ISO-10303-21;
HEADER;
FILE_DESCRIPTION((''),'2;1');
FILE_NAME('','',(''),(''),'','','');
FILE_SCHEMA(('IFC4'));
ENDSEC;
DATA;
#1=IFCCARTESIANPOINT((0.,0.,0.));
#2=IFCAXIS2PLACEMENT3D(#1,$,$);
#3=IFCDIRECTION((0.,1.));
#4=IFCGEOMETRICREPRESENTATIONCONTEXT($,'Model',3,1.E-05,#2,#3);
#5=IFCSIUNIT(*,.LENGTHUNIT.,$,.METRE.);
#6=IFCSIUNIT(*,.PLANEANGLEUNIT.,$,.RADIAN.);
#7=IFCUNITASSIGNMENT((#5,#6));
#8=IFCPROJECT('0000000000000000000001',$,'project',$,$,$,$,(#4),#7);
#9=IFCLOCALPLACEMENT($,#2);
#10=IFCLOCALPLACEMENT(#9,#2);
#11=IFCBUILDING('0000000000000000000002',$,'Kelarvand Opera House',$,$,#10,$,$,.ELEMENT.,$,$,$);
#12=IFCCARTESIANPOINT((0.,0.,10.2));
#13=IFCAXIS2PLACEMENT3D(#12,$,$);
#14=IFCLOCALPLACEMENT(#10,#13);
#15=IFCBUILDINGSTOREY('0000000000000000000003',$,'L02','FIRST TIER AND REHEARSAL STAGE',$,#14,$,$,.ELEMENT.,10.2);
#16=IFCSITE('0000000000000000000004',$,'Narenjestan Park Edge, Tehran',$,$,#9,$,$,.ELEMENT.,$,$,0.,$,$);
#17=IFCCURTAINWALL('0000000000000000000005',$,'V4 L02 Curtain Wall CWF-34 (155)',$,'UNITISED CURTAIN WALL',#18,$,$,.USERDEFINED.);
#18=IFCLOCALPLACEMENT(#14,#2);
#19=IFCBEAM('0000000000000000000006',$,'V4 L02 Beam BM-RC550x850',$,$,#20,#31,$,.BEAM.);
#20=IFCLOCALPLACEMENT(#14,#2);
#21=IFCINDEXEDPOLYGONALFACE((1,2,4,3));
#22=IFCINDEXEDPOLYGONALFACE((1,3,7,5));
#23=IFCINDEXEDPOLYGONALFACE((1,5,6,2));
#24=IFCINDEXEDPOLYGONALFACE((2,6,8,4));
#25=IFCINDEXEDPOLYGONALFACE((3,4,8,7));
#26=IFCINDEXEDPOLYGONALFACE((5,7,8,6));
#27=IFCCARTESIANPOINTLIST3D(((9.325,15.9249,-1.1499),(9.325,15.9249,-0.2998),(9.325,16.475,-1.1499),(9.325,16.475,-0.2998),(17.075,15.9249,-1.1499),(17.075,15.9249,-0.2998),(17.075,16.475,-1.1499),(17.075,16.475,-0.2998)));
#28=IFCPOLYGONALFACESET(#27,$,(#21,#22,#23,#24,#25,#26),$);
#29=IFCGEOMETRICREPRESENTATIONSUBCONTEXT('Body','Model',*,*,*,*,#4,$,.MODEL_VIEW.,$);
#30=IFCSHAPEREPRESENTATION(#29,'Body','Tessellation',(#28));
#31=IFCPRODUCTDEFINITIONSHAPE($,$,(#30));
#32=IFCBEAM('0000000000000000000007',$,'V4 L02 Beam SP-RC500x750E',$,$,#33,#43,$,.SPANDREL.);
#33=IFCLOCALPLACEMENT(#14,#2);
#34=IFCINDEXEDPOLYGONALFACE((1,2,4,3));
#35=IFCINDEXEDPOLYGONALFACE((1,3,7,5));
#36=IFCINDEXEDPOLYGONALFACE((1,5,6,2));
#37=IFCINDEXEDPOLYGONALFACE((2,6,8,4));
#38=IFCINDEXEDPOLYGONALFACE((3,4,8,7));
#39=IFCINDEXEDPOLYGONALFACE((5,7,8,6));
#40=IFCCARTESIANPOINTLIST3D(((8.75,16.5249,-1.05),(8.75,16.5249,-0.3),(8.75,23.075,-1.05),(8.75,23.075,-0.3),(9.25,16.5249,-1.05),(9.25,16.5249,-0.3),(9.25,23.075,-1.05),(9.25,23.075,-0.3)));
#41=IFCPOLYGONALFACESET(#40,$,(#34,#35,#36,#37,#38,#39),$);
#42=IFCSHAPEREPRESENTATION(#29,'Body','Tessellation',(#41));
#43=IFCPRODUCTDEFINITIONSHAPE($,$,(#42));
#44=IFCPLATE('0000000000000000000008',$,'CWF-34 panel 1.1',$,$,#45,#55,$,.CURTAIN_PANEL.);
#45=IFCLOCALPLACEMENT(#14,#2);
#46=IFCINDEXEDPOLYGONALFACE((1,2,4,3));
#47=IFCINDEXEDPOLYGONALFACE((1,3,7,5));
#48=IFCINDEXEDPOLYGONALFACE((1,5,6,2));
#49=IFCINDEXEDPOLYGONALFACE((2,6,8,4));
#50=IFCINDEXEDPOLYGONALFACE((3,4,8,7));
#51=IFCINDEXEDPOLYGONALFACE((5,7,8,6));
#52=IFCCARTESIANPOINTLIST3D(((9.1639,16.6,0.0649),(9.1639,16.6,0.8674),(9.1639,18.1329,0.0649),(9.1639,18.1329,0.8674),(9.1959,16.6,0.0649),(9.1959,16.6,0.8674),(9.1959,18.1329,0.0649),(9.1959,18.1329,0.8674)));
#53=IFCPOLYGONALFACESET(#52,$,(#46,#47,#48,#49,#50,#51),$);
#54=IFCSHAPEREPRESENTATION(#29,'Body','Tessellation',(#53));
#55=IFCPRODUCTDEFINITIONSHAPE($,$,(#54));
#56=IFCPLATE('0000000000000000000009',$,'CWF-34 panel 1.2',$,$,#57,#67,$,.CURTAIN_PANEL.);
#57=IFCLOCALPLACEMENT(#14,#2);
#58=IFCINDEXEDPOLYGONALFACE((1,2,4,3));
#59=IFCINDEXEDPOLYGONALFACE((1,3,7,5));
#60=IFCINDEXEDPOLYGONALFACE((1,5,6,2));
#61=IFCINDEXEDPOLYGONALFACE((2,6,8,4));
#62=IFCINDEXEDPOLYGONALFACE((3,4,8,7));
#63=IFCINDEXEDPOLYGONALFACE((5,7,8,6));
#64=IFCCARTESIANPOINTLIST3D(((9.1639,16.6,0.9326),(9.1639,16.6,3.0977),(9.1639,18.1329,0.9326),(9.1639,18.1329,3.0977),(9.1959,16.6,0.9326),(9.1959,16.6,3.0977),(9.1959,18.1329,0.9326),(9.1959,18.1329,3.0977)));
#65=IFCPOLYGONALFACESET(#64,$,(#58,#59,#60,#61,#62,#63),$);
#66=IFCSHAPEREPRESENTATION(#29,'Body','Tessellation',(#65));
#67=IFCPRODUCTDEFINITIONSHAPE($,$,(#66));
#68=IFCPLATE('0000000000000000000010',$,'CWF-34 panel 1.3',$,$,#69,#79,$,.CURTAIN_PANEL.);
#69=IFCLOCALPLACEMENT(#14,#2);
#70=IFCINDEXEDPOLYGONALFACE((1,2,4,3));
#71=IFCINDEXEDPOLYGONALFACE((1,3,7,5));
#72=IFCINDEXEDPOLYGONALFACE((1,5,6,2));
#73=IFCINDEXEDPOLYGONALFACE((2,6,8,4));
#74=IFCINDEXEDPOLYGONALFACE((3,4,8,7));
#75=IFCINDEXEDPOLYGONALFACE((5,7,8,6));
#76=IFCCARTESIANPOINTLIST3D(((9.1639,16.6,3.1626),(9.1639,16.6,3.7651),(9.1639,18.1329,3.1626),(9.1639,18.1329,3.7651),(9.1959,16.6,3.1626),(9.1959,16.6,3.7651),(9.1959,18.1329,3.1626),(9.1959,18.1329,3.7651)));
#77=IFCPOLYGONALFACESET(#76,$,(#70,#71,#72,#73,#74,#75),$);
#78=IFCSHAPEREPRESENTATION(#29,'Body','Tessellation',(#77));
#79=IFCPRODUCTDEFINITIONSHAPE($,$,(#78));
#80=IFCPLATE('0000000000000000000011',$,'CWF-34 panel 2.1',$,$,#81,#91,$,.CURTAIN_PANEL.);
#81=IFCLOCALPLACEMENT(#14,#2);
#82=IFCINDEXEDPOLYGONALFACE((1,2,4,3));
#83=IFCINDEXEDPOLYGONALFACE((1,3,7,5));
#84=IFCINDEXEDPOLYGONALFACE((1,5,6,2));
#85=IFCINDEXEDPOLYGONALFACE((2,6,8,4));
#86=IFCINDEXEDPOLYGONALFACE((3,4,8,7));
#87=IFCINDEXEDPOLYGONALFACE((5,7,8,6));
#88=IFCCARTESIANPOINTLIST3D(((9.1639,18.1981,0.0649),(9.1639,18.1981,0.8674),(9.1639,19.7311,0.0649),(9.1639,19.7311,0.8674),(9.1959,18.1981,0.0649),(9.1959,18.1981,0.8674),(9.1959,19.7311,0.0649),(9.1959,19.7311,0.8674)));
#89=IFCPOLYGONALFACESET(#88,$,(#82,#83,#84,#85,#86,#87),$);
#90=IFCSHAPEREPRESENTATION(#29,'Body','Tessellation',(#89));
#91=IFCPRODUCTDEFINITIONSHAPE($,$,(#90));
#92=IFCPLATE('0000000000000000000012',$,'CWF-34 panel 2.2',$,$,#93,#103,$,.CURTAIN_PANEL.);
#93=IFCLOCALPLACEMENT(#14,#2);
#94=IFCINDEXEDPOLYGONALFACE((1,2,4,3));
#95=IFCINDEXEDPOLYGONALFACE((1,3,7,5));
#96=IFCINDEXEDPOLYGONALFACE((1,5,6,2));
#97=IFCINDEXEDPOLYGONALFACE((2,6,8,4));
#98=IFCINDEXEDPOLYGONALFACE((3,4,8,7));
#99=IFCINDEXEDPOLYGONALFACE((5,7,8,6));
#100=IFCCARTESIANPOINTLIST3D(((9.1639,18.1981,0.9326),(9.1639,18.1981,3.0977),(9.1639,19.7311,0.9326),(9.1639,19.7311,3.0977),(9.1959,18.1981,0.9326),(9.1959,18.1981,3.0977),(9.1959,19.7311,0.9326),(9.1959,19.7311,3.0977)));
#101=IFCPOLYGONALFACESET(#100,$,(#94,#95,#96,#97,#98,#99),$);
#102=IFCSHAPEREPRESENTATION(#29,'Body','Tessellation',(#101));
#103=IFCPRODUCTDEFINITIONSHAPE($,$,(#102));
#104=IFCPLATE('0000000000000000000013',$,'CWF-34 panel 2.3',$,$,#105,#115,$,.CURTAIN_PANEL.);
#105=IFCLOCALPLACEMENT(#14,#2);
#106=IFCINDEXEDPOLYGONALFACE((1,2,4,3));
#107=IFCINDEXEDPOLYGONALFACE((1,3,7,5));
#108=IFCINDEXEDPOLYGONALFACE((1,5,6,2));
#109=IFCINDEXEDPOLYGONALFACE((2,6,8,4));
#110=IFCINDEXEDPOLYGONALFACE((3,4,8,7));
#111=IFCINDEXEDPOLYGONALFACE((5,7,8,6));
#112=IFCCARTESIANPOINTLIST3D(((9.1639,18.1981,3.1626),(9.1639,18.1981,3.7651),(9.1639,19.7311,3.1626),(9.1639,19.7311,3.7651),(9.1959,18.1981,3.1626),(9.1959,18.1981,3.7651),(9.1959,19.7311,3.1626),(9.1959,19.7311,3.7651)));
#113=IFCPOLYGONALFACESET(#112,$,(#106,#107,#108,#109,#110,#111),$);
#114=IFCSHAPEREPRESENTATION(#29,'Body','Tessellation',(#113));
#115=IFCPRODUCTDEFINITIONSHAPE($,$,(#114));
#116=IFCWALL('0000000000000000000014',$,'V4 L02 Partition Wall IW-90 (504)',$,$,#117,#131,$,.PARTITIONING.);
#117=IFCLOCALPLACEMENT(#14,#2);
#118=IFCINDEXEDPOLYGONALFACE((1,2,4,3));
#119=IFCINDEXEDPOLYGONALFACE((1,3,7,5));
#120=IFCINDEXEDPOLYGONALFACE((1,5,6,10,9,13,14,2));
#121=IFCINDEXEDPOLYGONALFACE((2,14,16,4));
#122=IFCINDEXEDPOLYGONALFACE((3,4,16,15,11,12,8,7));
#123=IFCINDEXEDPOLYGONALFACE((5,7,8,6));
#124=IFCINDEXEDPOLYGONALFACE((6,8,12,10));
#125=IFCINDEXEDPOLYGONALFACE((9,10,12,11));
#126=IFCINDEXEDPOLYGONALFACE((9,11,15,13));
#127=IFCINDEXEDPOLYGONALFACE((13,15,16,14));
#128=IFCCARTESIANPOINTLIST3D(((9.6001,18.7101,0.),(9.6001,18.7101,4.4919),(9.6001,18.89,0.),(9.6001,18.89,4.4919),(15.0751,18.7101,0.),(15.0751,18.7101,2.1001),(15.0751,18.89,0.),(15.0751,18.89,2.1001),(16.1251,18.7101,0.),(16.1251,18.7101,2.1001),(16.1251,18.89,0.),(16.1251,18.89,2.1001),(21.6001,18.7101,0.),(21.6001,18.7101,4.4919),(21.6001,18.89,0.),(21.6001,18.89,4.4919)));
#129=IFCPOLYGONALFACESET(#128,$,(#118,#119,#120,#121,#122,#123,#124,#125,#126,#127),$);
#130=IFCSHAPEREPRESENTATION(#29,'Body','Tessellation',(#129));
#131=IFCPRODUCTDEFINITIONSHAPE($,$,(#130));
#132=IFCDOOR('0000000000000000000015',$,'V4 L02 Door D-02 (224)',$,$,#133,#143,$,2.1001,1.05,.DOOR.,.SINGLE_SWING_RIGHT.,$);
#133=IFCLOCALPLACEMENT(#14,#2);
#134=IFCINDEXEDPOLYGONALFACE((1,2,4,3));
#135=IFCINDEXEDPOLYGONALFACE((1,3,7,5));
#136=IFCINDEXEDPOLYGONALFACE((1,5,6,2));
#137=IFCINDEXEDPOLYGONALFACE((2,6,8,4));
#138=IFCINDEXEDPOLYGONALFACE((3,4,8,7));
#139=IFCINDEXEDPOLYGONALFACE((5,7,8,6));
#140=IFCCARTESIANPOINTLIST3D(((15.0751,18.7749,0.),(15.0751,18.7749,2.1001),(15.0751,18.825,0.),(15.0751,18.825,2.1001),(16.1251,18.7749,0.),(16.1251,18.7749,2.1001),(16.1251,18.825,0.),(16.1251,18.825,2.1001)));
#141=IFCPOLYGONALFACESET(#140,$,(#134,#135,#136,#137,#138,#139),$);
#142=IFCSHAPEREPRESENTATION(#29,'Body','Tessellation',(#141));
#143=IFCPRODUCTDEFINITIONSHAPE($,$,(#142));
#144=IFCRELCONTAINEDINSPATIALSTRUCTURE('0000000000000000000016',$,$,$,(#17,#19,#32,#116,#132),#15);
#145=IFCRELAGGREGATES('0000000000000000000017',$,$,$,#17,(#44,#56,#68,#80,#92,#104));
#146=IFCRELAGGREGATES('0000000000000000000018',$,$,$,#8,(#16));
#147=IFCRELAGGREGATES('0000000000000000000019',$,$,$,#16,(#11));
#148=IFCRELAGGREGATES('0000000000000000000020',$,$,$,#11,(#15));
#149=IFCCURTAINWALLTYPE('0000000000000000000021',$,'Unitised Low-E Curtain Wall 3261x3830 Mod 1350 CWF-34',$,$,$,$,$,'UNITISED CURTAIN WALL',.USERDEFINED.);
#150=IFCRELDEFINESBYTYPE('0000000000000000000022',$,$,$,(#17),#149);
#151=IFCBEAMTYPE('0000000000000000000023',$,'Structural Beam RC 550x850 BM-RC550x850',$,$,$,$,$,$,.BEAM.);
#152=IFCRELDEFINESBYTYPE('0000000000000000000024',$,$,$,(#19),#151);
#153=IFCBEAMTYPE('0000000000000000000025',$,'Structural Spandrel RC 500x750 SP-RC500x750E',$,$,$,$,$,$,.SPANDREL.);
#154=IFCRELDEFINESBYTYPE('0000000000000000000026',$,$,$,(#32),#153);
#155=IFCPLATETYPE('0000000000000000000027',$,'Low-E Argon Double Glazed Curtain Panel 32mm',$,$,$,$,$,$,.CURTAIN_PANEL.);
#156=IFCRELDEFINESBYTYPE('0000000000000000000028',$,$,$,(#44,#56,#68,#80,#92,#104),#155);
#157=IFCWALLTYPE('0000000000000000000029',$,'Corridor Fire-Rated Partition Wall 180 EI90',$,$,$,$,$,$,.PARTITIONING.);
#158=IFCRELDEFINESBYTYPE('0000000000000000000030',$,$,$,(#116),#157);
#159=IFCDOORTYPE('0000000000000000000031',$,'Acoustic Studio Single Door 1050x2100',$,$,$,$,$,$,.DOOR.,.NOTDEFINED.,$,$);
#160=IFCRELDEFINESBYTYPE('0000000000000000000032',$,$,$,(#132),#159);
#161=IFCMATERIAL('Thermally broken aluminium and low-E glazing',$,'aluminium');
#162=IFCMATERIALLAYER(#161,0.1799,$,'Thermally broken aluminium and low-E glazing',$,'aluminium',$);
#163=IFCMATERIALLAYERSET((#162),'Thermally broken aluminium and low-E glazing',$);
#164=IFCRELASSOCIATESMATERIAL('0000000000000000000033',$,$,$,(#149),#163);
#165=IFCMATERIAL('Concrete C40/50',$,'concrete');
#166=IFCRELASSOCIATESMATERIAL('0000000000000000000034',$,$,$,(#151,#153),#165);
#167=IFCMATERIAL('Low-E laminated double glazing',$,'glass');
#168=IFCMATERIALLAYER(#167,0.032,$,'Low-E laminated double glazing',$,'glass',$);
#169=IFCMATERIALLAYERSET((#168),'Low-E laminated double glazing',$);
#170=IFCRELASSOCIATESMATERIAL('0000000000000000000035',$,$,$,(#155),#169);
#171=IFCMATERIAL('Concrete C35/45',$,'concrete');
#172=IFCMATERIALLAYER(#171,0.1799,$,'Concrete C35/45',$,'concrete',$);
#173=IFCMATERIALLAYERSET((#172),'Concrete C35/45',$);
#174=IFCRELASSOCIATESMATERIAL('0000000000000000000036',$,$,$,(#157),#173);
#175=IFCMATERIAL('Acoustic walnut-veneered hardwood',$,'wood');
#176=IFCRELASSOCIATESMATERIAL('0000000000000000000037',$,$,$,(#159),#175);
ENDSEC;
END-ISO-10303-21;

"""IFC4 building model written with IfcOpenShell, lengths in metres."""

from ifc_helpers import new_model, si_unit, direction, frame, frame_2d, origin, origin_2d, place, context, subcontext, project, spatial, rectangle, extrude, material, layer, layer_set, material_profile, profile_set, type_object, element, fill, aggregate, save


model = new_model("IFC4")

# Units and contexts
model_context = context("Model", 3, precision=1e-05, world=origin(), true_north=direction((0.0, 1.0)))
body_context = subcontext(model_context, "Body", "Model", "MODEL_VIEW")
ifc_project = project(units=[si_unit("LENGTHUNIT", "METRE"), si_unit("PLANEANGLEUNIT", "RADIAN")], contexts=[model_context])

# Site, building, storey
site_placement = place(None, origin())
site = spatial("IfcSite", under=ifc_project, at=site_placement, Name="Narenjestan Park Edge, Tehran", CompositionType="ELEMENT", RefElevation=0.0)
building_placement = place(site_placement, origin())
building = spatial("IfcBuilding", under=site, at=building_placement, Name="Kelarvand Opera House", CompositionType="ELEMENT")
storey_placement = place(building_placement, frame((0.0, 0.0, 10.2)))
storey = spatial("IfcBuildingStorey", under=building, at=storey_placement, Name="L02", Description="FIRST TIER AND REHEARSAL STAGE", CompositionType="ELEMENT", Elevation=10.2)

# Curtain wall
ifc_material_1 = material(Name="Thermally broken aluminium and low-E glazing", Category="aluminium")
ifc_layer_1 = layer(ifc_material_1, 0.1799, Name="Thermally broken aluminium and low-E glazing", Category="aluminium")
ifc_layer_set_1 = layer_set([ifc_layer_1], Name="Thermally broken aluminium and low-E glazing")
curtain_wall_type = type_object("IfcCurtainWallType", Name="Unitised Low-E Curtain Wall 3261x3830 Mod 1350 CWF-34", ElementType="UNITISED CURTAIN WALL", PredefinedType="USERDEFINED", material=ifc_layer_set_1)
curtain_wall_1_placement = place(storey_placement, origin())
curtain_wall_1 = element("IfcCurtainWall", 1, at=curtain_wall_1_placement, inside=storey, type_object=curtain_wall_type, Name="V4 L02 Curtain Wall CWF-34 (155)", ObjectType="UNITISED CURTAIN WALL", PredefinedType="USERDEFINED")

# Beams
ifc_material_2 = material(Name="Concrete C40/50", Category="concrete")
ifc_material_profile_1 = material_profile(ifc_material_2, rectangle(XDim=0.55, YDim=0.8501, at=origin_2d()), Name="RC 550x850", Category="concrete")
ifc_profile_set_1 = profile_set([ifc_material_profile_1], Name="Concrete C40/50")
beam_type_1 = type_object("IfcBeamType", Name="Structural Beam RC 550x850 BM-RC550x850", PredefinedType="BEAM", material=ifc_profile_set_1)
beam_1_placement = place(storey_placement, frame((9.325, 16.2, -0.7249), z_axis=(1.0, 0.0, 0.0), x_axis=(0.0, 1.0, 0.0)))
element("IfcBeam", 2, at=beam_1_placement, inside=storey, type_object=beam_type_1, Name="V4 L02 Beam BM-RC550x850", PredefinedType="BEAM", context=body_context, shape_type="SweptSolid", body=[
    extrude(rectangle(XDim=0.55, YDim=0.8501, at=origin_2d()), origin(), (0.0, 0.0, 1.0), 7.75),
])
ifc_material_profile_2 = material_profile(ifc_material_2, rectangle(XDim=0.5, YDim=0.75, at=origin_2d()), Name="RC 500x750", Category="concrete")
ifc_profile_set_2 = profile_set([ifc_material_profile_2], Name="Concrete C40/50")
beam_type_2 = type_object("IfcBeamType", Name="Structural Spandrel RC 500x750 SP-RC500x750E", PredefinedType="SPANDREL", material=ifc_profile_set_2)
beam_2_placement = place(storey_placement, frame((9.0, 16.5249, -0.675), z_axis=(0.0, 1.0, 0.0), x_axis=(-1.0, 0.0, 0.0)))
element("IfcBeam", 3, at=beam_2_placement, inside=storey, type_object=beam_type_2, Name="V4 L02 Beam SP-RC500x750E", PredefinedType="SPANDREL", context=body_context, shape_type="SweptSolid", body=[
    extrude(rectangle(XDim=0.5, YDim=0.75, at=origin_2d()), origin(), (0.0, 0.0, 1.0), 6.55),
])

# Plates
ifc_material_3 = material(Name="Low-E laminated double glazing", Category="glass")
ifc_layer_2 = layer(ifc_material_3, 0.032, Name="Low-E laminated double glazing", Category="glass")
ifc_layer_set_2 = layer_set([ifc_layer_2], Name="Low-E laminated double glazing")
plate_type = type_object("IfcPlateType", Name="Low-E Argon Double Glazed Curtain Panel 32mm", PredefinedType="CURTAIN_PANEL", material=ifc_layer_set_2)
plate_1_placement = place(storey_placement, frame((9.1799, 17.3665, 0.0649), z_axis=(0.0, 0.0, 1.0), x_axis=(0.0, 1.0, 0.0)))
plate_1 = element("IfcPlate", 4, at=plate_1_placement, type_object=plate_type, Name="CWF-34 panel 1.1", PredefinedType="CURTAIN_PANEL", context=body_context, shape_type="SweptSolid", body=[
    extrude(rectangle(XDim=1.533, YDim=0.032, at=origin_2d()), origin(), (0.0, 0.0, 1.0), 0.8025),
])
plate_2_placement = place(storey_placement, frame((9.1799, 17.3665, 0.9326), z_axis=(0.0, 0.0, 1.0), x_axis=(0.0, 1.0, 0.0)))
plate_2 = element("IfcPlate", 5, at=plate_2_placement, type_object=plate_type, Name="CWF-34 panel 1.2", PredefinedType="CURTAIN_PANEL", context=body_context, shape_type="SweptSolid", body=[
    extrude(rectangle(XDim=1.533, YDim=0.032, at=origin_2d()), origin(), (0.0, 0.0, 1.0), 2.165),
])
plate_3_placement = place(storey_placement, frame((9.1799, 17.3665, 3.1626), z_axis=(0.0, 0.0, 1.0), x_axis=(0.0, 1.0, 0.0)))
plate_3 = element("IfcPlate", 6, at=plate_3_placement, type_object=plate_type, Name="CWF-34 panel 1.3", PredefinedType="CURTAIN_PANEL", context=body_context, shape_type="SweptSolid", body=[
    extrude(rectangle(XDim=1.533, YDim=0.032, at=origin_2d()), origin(), (0.0, 0.0, 1.0), 0.6025),
])
plate_4_placement = place(storey_placement, frame((9.1799, 18.9646, 0.0649), z_axis=(0.0, 0.0, 1.0), x_axis=(0.0, 1.0, 0.0)))
plate_4 = element("IfcPlate", 7, at=plate_4_placement, type_object=plate_type, Name="CWF-34 panel 2.1", PredefinedType="CURTAIN_PANEL", context=body_context, shape_type="SweptSolid", body=[
    extrude(rectangle(XDim=1.533, YDim=0.032, at=origin_2d()), origin(), (0.0, 0.0, 1.0), 0.8025),
])
plate_5_placement = place(storey_placement, frame((9.1799, 18.9646, 0.9326), z_axis=(0.0, 0.0, 1.0), x_axis=(0.0, 1.0, 0.0)))
plate_5 = element("IfcPlate", 8, at=plate_5_placement, type_object=plate_type, Name="CWF-34 panel 2.2", PredefinedType="CURTAIN_PANEL", context=body_context, shape_type="SweptSolid", body=[
    extrude(rectangle(XDim=1.533, YDim=0.032, at=origin_2d()), origin(), (0.0, 0.0, 1.0), 2.165),
])
plate_6_placement = place(storey_placement, frame((9.1799, 18.9646, 3.1626), z_axis=(0.0, 0.0, 1.0), x_axis=(0.0, 1.0, 0.0)))
plate_6 = element("IfcPlate", 9, at=plate_6_placement, type_object=plate_type, Name="CWF-34 panel 2.3", PredefinedType="CURTAIN_PANEL", context=body_context, shape_type="SweptSolid", body=[
    extrude(rectangle(XDim=1.533, YDim=0.032, at=origin_2d()), origin(), (0.0, 0.0, 1.0), 0.6025),
])
aggregate(curtain_wall_1, [plate_1, plate_2, plate_3, plate_4, plate_5, plate_6])

# Wall, opening, door
ifc_material_4 = material(Name="Concrete C35/45", Category="concrete")
ifc_layer_3 = layer(ifc_material_4, 0.1799, Name="Concrete C35/45", Category="concrete")
ifc_layer_set_3 = layer_set([ifc_layer_3], Name="Concrete C35/45")
wall_type = type_object("IfcWallType", Name="Corridor Fire-Rated Partition Wall 180 EI90", PredefinedType="PARTITIONING", material=ifc_layer_set_3)
wall_placement = place(storey_placement, frame((9.6001, 18.8, 0.0), z_axis=(0.0, 0.0, 1.0), x_axis=(1.0, 0.0, 0.0)))
wall = element("IfcWall", 10, at=wall_placement, inside=storey, type_object=wall_type, Name="V4 L02 Partition Wall IW-90 (504)", PredefinedType="PARTITIONING", context=body_context, shape_type="SweptSolid", body=[
    extrude(rectangle(XDim=12.0, YDim=0.1799, at=frame_2d((6.0, 0.0))), origin(), (0.0, 0.0, 1.0), 4.4919),
])
opening_placement = place(wall_placement, frame((5.4751, 0.0, 0.0)))
opening = element("IfcOpeningElement", 11, at=opening_placement, cuts=wall, PredefinedType="OPENING", context=body_context, shape_type="SweptSolid", body=[
    extrude(rectangle(XDim=1.05, YDim=2.1001, at=frame_2d((0.5249, 1.05))), frame((0.0, 0.1001, 0.0), z_axis=(0.0, -1.0, 0.0), x_axis=(1.0, 0.0, 0.0)), (0.0, 0.0, 1.0), 0.2),
])
ifc_material_5 = material(Name="Acoustic walnut-veneered hardwood", Category="wood")
door_type = type_object("IfcDoorType", Name="Acoustic Studio Single Door 1050x2100", OperationType="NOTDEFINED", PredefinedType="DOOR", material=ifc_material_5)
door_placement = place(opening_placement, origin())
door = element("IfcDoor", 12, at=door_placement, inside=storey, type_object=door_type, Name="V4 L02 Door D-02 (224)", OperationType="SINGLE_SWING_RIGHT", OverallHeight=2.1001, OverallWidth=1.05, PredefinedType="DOOR", context=body_context, shape_type="SweptSolid", body=[
    extrude(rectangle(XDim=1.05, YDim=2.1001, at=frame_2d((0.5249, 1.05))), frame((0.0, 0.0249, 0.0), z_axis=(0.0, -1.0, 0.0), x_axis=(1.0, 0.0, 0.0)), (0.0, 0.0, 1.0), 0.05),
])
fill(opening, door)

save(model, "model.ifc")
